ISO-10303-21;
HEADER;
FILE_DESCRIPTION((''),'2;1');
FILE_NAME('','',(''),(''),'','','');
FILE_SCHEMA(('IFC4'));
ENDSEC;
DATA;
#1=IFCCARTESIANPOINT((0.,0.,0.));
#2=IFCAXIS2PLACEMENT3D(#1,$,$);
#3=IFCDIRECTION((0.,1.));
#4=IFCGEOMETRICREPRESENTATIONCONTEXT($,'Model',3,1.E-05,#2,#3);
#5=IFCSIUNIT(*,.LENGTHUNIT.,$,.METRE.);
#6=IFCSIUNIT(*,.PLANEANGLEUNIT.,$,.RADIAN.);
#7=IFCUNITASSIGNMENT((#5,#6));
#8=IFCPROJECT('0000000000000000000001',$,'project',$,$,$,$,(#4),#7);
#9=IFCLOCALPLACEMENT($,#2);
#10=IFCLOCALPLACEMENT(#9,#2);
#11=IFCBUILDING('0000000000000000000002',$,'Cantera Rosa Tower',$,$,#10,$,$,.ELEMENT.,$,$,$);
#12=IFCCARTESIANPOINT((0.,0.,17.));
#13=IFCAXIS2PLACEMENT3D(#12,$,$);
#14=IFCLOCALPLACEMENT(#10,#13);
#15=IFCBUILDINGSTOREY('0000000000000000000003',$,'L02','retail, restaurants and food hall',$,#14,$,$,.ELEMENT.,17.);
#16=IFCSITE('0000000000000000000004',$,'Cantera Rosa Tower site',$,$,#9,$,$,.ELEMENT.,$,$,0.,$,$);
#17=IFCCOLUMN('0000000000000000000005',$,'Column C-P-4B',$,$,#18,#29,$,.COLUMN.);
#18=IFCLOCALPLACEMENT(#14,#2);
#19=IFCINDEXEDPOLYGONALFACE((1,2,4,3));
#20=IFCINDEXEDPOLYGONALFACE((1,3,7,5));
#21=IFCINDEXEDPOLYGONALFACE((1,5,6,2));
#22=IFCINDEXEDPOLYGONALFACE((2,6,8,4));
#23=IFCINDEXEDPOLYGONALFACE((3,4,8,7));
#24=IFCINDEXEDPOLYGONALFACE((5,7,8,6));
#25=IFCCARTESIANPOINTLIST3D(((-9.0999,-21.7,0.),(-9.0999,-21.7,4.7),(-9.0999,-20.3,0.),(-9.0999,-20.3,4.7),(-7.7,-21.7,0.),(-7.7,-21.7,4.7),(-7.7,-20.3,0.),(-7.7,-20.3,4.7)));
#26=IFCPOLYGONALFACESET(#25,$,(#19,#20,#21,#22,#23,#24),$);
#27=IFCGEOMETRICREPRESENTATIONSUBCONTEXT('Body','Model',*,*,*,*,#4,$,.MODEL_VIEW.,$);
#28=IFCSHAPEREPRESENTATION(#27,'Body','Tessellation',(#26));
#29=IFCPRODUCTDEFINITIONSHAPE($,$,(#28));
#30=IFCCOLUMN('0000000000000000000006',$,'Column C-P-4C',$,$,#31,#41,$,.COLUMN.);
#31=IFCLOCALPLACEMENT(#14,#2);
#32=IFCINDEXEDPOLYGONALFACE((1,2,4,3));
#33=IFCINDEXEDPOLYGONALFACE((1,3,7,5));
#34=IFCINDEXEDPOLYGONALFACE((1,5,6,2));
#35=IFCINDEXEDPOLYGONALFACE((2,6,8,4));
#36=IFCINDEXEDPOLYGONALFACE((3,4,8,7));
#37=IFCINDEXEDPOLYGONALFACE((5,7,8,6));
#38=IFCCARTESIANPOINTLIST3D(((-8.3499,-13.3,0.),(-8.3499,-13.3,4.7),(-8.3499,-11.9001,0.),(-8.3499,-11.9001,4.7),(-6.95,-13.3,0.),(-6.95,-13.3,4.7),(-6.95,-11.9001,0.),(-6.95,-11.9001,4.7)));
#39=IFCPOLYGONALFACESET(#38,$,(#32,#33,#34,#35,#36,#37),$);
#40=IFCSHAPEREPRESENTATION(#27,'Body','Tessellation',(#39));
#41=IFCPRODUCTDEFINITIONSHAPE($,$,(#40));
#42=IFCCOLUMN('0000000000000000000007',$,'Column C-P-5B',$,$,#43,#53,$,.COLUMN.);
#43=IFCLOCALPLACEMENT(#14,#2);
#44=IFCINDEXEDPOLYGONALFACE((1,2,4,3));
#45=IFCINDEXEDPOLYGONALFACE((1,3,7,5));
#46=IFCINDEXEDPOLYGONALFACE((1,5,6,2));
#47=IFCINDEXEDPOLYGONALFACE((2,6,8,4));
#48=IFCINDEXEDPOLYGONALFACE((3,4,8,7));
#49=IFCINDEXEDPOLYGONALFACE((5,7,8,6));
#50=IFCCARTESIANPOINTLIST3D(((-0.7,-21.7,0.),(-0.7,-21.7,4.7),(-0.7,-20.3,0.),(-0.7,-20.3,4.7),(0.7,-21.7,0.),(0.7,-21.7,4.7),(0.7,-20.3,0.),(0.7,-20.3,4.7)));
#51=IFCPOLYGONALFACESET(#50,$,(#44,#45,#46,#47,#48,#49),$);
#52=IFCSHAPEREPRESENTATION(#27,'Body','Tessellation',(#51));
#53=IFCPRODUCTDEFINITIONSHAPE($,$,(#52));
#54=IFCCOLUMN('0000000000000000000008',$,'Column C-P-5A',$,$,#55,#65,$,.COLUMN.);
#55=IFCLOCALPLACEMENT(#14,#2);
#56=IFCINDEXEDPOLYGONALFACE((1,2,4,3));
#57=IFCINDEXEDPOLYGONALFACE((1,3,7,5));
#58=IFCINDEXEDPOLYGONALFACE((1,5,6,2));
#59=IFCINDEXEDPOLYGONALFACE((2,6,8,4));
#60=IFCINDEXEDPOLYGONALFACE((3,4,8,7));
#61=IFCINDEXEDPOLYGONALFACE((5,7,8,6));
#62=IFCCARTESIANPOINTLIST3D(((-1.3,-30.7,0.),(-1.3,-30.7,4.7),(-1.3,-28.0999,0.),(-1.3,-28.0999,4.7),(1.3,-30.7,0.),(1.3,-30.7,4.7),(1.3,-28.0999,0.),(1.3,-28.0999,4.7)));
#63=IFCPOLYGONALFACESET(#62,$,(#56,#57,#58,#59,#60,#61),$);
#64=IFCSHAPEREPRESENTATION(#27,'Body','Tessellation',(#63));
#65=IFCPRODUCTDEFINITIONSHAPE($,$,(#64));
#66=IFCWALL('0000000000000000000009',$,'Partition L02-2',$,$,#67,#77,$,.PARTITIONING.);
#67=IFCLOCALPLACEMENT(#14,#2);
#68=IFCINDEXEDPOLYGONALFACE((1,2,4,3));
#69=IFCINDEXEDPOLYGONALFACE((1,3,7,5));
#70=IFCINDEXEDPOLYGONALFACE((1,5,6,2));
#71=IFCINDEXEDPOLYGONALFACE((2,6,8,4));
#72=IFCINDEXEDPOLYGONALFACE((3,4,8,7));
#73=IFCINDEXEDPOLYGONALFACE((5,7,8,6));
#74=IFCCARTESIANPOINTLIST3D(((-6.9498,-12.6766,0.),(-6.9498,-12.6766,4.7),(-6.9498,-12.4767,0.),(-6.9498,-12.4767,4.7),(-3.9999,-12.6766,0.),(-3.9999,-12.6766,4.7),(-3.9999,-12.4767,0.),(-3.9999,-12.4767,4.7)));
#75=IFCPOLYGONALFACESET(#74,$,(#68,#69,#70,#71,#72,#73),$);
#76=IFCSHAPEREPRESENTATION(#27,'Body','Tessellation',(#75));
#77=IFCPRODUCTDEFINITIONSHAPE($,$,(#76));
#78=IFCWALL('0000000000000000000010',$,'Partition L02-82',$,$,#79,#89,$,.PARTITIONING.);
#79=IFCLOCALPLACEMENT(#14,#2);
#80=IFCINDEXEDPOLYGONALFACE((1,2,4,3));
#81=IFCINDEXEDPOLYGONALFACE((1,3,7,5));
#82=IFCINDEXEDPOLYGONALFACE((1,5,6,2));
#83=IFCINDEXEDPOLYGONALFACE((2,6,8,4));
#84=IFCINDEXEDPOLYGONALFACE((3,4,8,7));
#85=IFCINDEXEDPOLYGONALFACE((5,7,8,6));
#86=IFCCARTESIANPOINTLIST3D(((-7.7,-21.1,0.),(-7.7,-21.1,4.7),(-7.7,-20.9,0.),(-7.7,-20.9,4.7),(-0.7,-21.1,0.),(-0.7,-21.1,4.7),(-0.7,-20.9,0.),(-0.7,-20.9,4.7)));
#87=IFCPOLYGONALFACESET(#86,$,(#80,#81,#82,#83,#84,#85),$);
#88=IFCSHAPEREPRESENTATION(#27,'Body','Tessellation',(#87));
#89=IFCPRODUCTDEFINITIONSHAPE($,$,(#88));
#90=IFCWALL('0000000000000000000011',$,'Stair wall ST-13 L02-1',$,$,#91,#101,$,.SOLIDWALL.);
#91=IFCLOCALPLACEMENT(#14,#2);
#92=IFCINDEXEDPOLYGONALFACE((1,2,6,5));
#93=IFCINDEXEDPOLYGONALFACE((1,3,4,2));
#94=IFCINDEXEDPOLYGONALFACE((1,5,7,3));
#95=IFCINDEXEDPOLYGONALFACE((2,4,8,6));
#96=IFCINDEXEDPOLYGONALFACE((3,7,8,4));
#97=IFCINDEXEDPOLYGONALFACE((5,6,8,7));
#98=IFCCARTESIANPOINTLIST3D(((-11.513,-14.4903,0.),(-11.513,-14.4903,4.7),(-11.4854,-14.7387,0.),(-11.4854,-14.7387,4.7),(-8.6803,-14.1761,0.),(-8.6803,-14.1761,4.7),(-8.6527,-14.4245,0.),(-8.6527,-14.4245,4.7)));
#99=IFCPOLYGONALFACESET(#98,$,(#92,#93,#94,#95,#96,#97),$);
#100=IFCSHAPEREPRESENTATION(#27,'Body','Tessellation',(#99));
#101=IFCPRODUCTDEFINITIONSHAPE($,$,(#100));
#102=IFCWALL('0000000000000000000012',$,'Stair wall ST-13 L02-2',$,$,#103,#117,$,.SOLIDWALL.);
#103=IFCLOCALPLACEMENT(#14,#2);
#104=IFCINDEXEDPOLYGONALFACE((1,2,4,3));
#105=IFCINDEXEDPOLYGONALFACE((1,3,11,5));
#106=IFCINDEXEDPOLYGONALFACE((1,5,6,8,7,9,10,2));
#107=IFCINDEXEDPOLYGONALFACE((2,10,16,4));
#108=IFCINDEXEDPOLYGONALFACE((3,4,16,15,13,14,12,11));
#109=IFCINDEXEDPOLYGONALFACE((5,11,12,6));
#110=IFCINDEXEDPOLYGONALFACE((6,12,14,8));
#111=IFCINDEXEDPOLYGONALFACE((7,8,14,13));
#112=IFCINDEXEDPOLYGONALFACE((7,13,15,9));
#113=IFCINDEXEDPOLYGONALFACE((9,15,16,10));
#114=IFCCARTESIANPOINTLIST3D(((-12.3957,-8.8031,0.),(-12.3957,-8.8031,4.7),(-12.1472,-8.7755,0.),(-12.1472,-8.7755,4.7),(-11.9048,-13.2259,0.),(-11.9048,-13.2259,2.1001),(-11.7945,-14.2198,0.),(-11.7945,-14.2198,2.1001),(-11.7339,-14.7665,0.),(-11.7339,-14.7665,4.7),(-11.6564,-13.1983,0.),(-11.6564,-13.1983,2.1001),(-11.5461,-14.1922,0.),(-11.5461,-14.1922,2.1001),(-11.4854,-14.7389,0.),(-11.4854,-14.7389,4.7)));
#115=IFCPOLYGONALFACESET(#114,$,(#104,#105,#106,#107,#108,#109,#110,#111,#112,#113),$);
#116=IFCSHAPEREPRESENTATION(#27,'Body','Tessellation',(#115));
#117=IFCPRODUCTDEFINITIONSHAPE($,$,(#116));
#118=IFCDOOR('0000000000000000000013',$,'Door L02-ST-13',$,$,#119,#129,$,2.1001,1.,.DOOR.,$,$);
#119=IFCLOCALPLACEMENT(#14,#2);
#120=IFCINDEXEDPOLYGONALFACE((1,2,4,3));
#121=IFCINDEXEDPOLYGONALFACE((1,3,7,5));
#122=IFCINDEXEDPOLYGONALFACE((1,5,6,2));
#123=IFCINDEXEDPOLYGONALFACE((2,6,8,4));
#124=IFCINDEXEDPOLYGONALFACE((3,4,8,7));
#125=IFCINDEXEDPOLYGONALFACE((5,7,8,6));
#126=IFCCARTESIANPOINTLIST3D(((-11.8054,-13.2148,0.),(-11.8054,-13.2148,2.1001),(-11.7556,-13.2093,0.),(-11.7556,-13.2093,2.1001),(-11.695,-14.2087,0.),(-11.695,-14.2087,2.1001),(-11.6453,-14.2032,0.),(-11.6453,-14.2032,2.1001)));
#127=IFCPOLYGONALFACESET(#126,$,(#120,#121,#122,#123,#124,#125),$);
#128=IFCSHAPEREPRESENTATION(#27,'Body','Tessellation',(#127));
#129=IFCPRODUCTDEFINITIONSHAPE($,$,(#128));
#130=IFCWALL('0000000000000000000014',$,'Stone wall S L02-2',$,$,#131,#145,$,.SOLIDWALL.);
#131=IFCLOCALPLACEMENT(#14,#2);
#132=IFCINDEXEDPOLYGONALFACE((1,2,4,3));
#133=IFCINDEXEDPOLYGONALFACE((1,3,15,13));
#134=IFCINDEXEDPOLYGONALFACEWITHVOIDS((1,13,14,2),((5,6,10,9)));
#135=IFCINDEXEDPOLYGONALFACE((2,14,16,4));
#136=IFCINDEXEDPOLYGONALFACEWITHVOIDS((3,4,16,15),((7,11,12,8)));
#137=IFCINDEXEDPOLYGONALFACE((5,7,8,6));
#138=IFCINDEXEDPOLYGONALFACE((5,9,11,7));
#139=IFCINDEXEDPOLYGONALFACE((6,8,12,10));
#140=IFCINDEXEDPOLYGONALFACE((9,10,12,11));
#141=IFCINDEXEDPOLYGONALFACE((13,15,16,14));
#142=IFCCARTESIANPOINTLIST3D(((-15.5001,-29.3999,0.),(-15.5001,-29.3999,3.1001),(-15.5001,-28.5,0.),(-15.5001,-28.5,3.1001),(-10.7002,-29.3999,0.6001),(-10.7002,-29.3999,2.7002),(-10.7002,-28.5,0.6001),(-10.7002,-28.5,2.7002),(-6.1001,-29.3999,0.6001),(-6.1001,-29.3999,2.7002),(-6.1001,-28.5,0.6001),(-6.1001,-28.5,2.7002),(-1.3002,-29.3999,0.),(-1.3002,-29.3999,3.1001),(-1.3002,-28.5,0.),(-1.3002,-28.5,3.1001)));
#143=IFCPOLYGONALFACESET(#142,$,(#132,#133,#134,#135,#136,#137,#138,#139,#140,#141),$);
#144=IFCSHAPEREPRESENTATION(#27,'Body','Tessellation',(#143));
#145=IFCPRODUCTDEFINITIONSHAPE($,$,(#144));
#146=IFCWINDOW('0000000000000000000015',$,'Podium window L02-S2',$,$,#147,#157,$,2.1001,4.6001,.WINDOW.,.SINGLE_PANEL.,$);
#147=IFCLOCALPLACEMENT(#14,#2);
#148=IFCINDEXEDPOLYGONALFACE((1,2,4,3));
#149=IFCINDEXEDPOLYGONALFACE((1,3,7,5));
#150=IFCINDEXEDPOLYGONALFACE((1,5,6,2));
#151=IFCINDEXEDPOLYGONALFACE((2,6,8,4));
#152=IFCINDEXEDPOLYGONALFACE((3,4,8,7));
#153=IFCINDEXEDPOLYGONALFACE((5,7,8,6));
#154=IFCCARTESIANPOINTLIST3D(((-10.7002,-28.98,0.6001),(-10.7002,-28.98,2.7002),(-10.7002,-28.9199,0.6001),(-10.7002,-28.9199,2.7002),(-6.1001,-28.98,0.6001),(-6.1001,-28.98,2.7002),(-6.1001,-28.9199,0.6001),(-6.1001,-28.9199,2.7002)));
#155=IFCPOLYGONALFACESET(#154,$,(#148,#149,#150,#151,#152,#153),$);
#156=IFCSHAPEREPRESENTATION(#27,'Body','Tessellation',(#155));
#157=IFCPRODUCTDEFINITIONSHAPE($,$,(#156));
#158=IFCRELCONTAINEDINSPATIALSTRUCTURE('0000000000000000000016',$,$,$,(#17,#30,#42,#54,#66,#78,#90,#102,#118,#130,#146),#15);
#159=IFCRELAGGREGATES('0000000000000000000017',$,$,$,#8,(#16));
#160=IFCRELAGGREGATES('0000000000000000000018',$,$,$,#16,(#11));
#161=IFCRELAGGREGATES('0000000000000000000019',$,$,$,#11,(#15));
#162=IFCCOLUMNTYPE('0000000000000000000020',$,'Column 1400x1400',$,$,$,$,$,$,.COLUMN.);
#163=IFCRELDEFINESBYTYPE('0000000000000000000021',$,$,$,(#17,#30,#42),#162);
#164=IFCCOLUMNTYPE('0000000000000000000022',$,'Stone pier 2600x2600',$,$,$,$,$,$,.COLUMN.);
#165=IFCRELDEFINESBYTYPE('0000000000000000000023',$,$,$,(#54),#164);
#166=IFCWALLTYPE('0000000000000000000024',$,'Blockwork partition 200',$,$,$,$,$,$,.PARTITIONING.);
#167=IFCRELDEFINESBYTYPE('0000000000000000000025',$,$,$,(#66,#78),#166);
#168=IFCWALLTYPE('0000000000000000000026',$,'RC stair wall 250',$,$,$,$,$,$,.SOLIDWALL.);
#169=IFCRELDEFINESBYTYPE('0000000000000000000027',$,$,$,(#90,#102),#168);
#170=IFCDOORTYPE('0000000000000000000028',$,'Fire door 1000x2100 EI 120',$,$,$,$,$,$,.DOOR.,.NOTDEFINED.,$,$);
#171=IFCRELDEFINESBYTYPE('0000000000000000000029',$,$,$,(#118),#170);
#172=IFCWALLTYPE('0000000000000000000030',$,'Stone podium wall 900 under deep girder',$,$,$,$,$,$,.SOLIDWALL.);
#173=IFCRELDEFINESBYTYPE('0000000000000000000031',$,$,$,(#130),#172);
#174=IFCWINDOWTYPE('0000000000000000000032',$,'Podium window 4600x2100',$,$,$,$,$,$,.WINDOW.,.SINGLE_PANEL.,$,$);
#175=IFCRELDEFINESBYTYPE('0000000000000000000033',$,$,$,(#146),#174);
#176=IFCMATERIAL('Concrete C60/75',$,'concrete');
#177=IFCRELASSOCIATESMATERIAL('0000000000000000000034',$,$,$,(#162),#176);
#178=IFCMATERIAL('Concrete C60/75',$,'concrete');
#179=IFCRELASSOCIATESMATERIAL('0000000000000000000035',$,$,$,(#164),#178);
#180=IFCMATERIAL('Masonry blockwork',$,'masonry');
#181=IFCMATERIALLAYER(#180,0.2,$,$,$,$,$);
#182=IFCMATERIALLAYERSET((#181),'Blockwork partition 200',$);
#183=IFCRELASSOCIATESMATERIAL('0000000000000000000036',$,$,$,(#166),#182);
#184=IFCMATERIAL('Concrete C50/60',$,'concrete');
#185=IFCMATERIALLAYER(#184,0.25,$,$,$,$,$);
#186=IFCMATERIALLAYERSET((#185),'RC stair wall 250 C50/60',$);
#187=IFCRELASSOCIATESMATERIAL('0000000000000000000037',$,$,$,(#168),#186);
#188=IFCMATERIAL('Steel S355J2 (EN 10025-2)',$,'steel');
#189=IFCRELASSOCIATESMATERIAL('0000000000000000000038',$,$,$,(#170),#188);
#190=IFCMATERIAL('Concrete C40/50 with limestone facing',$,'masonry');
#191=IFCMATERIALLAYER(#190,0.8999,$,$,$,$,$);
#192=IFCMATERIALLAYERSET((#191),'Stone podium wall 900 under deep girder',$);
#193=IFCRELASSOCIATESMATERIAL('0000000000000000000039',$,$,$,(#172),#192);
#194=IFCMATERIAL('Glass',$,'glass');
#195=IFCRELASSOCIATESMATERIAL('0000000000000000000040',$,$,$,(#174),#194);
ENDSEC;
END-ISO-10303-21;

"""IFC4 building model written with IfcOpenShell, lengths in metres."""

from ifc_helpers import new_model, si_unit, direction, frame, frame_2d, origin, origin_2d, place, context, subcontext, project, spatial, rectangle, extrude, material, layer, layer_set, material_profile, profile_set, type_object, element, fill, save


model = new_model("IFC4")

# Units and contexts
model_context = context("Model", 3, precision=1e-05, world=origin(), true_north=direction((0.0, 1.0)))
body_context = subcontext(model_context, "Body", "Model", "MODEL_VIEW")
ifc_project = project(units=[si_unit("LENGTHUNIT", "METRE"), si_unit("PLANEANGLEUNIT", "RADIAN")], contexts=[model_context])

# Site, building, storey
site_placement = place(None, origin())
site = spatial("IfcSite", under=ifc_project, at=site_placement, Name="Cantera Rosa Tower site", CompositionType="ELEMENT", RefElevation=0.0)
building_placement = place(site_placement, origin())
building = spatial("IfcBuilding", under=site, at=building_placement, Name="Cantera Rosa Tower", CompositionType="ELEMENT")
storey_placement = place(building_placement, frame((0.0, 0.0, 17.0)))
storey = spatial("IfcBuildingStorey", under=building, at=storey_placement, Name="L02", Description="retail, restaurants and food hall", CompositionType="ELEMENT", Elevation=17.0)

# Columns
ifc_material_1 = material(Name="Concrete C60/75", Category="concrete")
ifc_material_profile_1 = material_profile(ifc_material_1, rectangle(XDim=1.3999, YDim=1.3999, at=origin_2d()), Name="Column 1400x1400")
ifc_profile_set_1 = profile_set([ifc_material_profile_1], Name="Concrete C60/75")
column_type_1 = type_object("IfcColumnType", Name="Column 1400x1400", PredefinedType="COLUMN", material=ifc_profile_set_1)
for number, where, z_axis, x_axis, name in (
    (1, (-8.3999, -21.0, 0.0), (0.0, 0.0, 1.0), (1.0, 0.0, 0.0), "Column C-P-4B"),
    (2, (-7.6499, -12.6001, 0.0), (0.0, 0.0, 1.0), (1.0, 0.0, 0.0), "Column C-P-4C"),
    (3, (0.0, -21.0, 0.0), (0.0, 0.0, 1.0), (1.0, 0.0, 0.0), "Column C-P-5B"),
):
    element("IfcColumn", number, at=place(storey_placement, frame(where, z_axis=z_axis, x_axis=x_axis)), inside=storey, type_object=column_type_1, Name=name, PredefinedType="COLUMN", context=body_context, shape_type="SweptSolid", body=[
        extrude(rectangle(XDim=1.3999, YDim=1.3999, at=origin_2d()), origin(), (0.0, 0.0, 1.0), 4.7),
    ])
ifc_material_2 = material(Name="Concrete C60/75", Category="concrete")
ifc_material_profile_2 = material_profile(ifc_material_2, rectangle(XDim=2.6001, YDim=2.6001, at=origin_2d()), Name="Stone pier 2600x2600")
ifc_profile_set_2 = profile_set([ifc_material_profile_2], Name="Concrete C60/75")
column_type_2 = type_object("IfcColumnType", Name="Stone pier 2600x2600", PredefinedType="COLUMN", material=ifc_profile_set_2)
column_placement = place(storey_placement, frame((0.0, -29.3999, 0.0), z_axis=(0.0, 0.0, 1.0), x_axis=(1.0, 0.0, 0.0)))
element("IfcColumn", 4, at=column_placement, inside=storey, type_object=column_type_2, Name="Column C-P-5A", PredefinedType="COLUMN", context=body_context, shape_type="SweptSolid", body=[
    extrude(rectangle(XDim=2.6001, YDim=2.6001, at=origin_2d()), origin(), (0.0, 0.0, 1.0), 4.7),
])

# Walls
ifc_material_3 = material(Name="Masonry blockwork", Category="masonry")
ifc_layer_1 = layer(ifc_material_3, 0.2)
ifc_layer_set_1 = layer_set([ifc_layer_1], Name="Blockwork partition 200")
wall_type_1 = type_object("IfcWallType", Name="Blockwork partition 200", PredefinedType="PARTITIONING", material=ifc_layer_set_1)
wall_1_placement = place(storey_placement, frame((-6.95, -12.5767, 0.0), z_axis=(0.0, 0.0, 1.0), x_axis=(1.0, 0.0, 0.0)))
element("IfcWall", 5, at=wall_1_placement, inside=storey, type_object=wall_type_1, Name="Partition L02-2", PredefinedType="PARTITIONING", context=body_context, shape_type="SweptSolid", body=[
    extrude(rectangle(XDim=2.95, YDim=0.2, at=frame_2d((1.4751, 0.0))), origin(), (0.0, 0.0, 1.0), 4.7),
])
wall_2_placement = place(storey_placement, frame((-7.7, -21.0, 0.0), z_axis=(0.0, 0.0, 1.0), x_axis=(1.0, 0.0, 0.0)))
element("IfcWall", 6, at=wall_2_placement, inside=storey, type_object=wall_type_1, Name="Partition L02-82", PredefinedType="PARTITIONING", context=body_context, shape_type="SweptSolid", body=[
    extrude(rectangle(XDim=7.0, YDim=0.2, at=frame_2d((3.5, 0.0))), origin(), (0.0, 0.0, 1.0), 4.7),
])
ifc_material_4 = material(Name="Concrete C50/60", Category="concrete")
ifc_layer_2 = layer(ifc_material_4, 0.25)
ifc_layer_set_2 = layer_set([ifc_layer_2], Name="RC stair wall 250 C50/60")
wall_type_2 = type_object("IfcWallType", Name="RC stair wall 250", PredefinedType="SOLIDWALL", material=ifc_layer_set_2)
wall_3_placement = place(storey_placement, frame((-8.6665, -14.3003, 0.0), z_axis=(0.0, 0.0, 1.0), x_axis=(-0.993905, -0.110243, 0.0)))
element("IfcWall", 7, at=wall_3_placement, inside=storey, type_object=wall_type_2, Name="Stair wall ST-13 L02-1", PredefinedType="SOLIDWALL", context=body_context, shape_type="SweptSolid", body=[
    extrude(rectangle(XDim=2.8501, YDim=0.25, at=frame_2d((1.425, 0.0))), origin(), (0.0, 0.0, 1.0), 4.7),
])

# Wall, opening, door
wall_4_placement = place(storey_placement, frame((-11.6096, -14.7527, 0.0), z_axis=(0.0, 0.0, 1.0), x_axis=(-0.110311, 0.993897, 0.0)))
wall_4 = element("IfcWall", 8, at=wall_4_placement, inside=storey, type_object=wall_type_2, Name="Stair wall ST-13 L02-2", PredefinedType="SOLIDWALL", context=body_context, shape_type="SweptSolid", body=[
    extrude(rectangle(XDim=6.0, YDim=0.25, at=frame_2d((3.0, 0.0))), origin(), (0.0, 0.0, 1.0), 4.7),
])
opening_1_placement = place(wall_4_placement, frame((0.55, 0.0, 0.0)))
opening_1 = element("IfcOpeningElement", 9, at=opening_1_placement, cuts=wall_4, PredefinedType="OPENING", context=body_context, shape_type="SweptSolid", body=[
    extrude(rectangle(XDim=1.0, YDim=2.1001, at=frame_2d((0.5, 1.05))), frame((0.0, 0.135, 0.0), z_axis=(0.0, -1.0, 0.0), x_axis=(1.0, 0.0, 0.0)), (0.0, 0.0, 1.0), 0.27),
])
ifc_material_5 = material(Name="Steel S355J2 (EN 10025-2)", Category="steel")
door_type = type_object("IfcDoorType", Name="Fire door 1000x2100 EI 120", OperationType="NOTDEFINED", PredefinedType="DOOR", material=ifc_material_5)
door_placement = place(opening_1_placement, origin())
door = element("IfcDoor", 10, at=door_placement, inside=storey, type_object=door_type, Name="Door L02-ST-13", OverallHeight=2.1001, OverallWidth=1.0, PredefinedType="DOOR", context=body_context, shape_type="SweptSolid", body=[
    extrude(rectangle(XDim=1.0, YDim=2.1001, at=frame_2d((0.5, 1.05))), frame((0.0, 0.0249, 0.0), z_axis=(0.0, -1.0, 0.0), x_axis=(1.0, 0.0, 0.0)), (0.0, 0.0, 1.0), 0.05),
])
fill(opening_1, door)

# Wall, opening, window
ifc_material_6 = material(Name="Concrete C40/50 with limestone facing", Category="masonry")
ifc_layer_3 = layer(ifc_material_6, 0.8999)
ifc_layer_set_3 = layer_set([ifc_layer_3], Name="Stone podium wall 900 under deep girder")
wall_type_3 = type_object("IfcWallType", Name="Stone podium wall 900 under deep girder", PredefinedType="SOLIDWALL", material=ifc_layer_set_3)
wall_5_placement = place(storey_placement, frame((-1.3, -28.95, 0.0), z_axis=(0.0, 0.0, 1.0), x_axis=(-1.0, 0.0, 0.0)))
wall_5 = element("IfcWall", 11, at=wall_5_placement, inside=storey, type_object=wall_type_3, Name="Stone wall S L02-2", PredefinedType="SOLIDWALL", context=body_context, shape_type="SweptSolid", body=[
    extrude(rectangle(XDim=14.2, YDim=0.8999, at=frame_2d((7.1001, 0.0))), origin(), (0.0, 0.0, 1.0), 3.1001),
])
opening_2_placement = place(wall_5_placement, frame((4.8, 0.0, 0.6001)))
opening_2 = element("IfcOpeningElement", 12, at=opening_2_placement, cuts=wall_5, PredefinedType="OPENING", context=body_context, shape_type="SweptSolid", body=[
    extrude(rectangle(XDim=4.6001, YDim=2.1001, at=frame_2d((2.3, 1.05))), frame((0.0, 0.46, 0.0), z_axis=(0.0, -1.0, 0.0), x_axis=(1.0, 0.0, 0.0)), (0.0, 0.0, 1.0), 0.9199),
])
ifc_material_7 = material(Name="Glass", Category="glass")
window_type = type_object("IfcWindowType", Name="Podium window 4600x2100", PartitioningType="SINGLE_PANEL", PredefinedType="WINDOW", material=ifc_material_7)
window_placement = place(opening_2_placement, origin())
window = element("IfcWindow", 13, at=window_placement, inside=storey, type_object=window_type, Name="Podium window L02-S2", OverallHeight=2.1001, OverallWidth=4.6001, PartitioningType="SINGLE_PANEL", PredefinedType="WINDOW", context=body_context, shape_type="SweptSolid", body=[
    extrude(rectangle(XDim=4.6001, YDim=2.1001, at=frame_2d((2.3, 1.05))), frame((0.0, 0.03, 0.0), z_axis=(0.0, -1.0, 0.0), x_axis=(1.0, 0.0, 0.0)), (0.0, 0.0, 1.0), 0.0601),
])
fill(opening_2, window)

save(model, "model.ifc")
